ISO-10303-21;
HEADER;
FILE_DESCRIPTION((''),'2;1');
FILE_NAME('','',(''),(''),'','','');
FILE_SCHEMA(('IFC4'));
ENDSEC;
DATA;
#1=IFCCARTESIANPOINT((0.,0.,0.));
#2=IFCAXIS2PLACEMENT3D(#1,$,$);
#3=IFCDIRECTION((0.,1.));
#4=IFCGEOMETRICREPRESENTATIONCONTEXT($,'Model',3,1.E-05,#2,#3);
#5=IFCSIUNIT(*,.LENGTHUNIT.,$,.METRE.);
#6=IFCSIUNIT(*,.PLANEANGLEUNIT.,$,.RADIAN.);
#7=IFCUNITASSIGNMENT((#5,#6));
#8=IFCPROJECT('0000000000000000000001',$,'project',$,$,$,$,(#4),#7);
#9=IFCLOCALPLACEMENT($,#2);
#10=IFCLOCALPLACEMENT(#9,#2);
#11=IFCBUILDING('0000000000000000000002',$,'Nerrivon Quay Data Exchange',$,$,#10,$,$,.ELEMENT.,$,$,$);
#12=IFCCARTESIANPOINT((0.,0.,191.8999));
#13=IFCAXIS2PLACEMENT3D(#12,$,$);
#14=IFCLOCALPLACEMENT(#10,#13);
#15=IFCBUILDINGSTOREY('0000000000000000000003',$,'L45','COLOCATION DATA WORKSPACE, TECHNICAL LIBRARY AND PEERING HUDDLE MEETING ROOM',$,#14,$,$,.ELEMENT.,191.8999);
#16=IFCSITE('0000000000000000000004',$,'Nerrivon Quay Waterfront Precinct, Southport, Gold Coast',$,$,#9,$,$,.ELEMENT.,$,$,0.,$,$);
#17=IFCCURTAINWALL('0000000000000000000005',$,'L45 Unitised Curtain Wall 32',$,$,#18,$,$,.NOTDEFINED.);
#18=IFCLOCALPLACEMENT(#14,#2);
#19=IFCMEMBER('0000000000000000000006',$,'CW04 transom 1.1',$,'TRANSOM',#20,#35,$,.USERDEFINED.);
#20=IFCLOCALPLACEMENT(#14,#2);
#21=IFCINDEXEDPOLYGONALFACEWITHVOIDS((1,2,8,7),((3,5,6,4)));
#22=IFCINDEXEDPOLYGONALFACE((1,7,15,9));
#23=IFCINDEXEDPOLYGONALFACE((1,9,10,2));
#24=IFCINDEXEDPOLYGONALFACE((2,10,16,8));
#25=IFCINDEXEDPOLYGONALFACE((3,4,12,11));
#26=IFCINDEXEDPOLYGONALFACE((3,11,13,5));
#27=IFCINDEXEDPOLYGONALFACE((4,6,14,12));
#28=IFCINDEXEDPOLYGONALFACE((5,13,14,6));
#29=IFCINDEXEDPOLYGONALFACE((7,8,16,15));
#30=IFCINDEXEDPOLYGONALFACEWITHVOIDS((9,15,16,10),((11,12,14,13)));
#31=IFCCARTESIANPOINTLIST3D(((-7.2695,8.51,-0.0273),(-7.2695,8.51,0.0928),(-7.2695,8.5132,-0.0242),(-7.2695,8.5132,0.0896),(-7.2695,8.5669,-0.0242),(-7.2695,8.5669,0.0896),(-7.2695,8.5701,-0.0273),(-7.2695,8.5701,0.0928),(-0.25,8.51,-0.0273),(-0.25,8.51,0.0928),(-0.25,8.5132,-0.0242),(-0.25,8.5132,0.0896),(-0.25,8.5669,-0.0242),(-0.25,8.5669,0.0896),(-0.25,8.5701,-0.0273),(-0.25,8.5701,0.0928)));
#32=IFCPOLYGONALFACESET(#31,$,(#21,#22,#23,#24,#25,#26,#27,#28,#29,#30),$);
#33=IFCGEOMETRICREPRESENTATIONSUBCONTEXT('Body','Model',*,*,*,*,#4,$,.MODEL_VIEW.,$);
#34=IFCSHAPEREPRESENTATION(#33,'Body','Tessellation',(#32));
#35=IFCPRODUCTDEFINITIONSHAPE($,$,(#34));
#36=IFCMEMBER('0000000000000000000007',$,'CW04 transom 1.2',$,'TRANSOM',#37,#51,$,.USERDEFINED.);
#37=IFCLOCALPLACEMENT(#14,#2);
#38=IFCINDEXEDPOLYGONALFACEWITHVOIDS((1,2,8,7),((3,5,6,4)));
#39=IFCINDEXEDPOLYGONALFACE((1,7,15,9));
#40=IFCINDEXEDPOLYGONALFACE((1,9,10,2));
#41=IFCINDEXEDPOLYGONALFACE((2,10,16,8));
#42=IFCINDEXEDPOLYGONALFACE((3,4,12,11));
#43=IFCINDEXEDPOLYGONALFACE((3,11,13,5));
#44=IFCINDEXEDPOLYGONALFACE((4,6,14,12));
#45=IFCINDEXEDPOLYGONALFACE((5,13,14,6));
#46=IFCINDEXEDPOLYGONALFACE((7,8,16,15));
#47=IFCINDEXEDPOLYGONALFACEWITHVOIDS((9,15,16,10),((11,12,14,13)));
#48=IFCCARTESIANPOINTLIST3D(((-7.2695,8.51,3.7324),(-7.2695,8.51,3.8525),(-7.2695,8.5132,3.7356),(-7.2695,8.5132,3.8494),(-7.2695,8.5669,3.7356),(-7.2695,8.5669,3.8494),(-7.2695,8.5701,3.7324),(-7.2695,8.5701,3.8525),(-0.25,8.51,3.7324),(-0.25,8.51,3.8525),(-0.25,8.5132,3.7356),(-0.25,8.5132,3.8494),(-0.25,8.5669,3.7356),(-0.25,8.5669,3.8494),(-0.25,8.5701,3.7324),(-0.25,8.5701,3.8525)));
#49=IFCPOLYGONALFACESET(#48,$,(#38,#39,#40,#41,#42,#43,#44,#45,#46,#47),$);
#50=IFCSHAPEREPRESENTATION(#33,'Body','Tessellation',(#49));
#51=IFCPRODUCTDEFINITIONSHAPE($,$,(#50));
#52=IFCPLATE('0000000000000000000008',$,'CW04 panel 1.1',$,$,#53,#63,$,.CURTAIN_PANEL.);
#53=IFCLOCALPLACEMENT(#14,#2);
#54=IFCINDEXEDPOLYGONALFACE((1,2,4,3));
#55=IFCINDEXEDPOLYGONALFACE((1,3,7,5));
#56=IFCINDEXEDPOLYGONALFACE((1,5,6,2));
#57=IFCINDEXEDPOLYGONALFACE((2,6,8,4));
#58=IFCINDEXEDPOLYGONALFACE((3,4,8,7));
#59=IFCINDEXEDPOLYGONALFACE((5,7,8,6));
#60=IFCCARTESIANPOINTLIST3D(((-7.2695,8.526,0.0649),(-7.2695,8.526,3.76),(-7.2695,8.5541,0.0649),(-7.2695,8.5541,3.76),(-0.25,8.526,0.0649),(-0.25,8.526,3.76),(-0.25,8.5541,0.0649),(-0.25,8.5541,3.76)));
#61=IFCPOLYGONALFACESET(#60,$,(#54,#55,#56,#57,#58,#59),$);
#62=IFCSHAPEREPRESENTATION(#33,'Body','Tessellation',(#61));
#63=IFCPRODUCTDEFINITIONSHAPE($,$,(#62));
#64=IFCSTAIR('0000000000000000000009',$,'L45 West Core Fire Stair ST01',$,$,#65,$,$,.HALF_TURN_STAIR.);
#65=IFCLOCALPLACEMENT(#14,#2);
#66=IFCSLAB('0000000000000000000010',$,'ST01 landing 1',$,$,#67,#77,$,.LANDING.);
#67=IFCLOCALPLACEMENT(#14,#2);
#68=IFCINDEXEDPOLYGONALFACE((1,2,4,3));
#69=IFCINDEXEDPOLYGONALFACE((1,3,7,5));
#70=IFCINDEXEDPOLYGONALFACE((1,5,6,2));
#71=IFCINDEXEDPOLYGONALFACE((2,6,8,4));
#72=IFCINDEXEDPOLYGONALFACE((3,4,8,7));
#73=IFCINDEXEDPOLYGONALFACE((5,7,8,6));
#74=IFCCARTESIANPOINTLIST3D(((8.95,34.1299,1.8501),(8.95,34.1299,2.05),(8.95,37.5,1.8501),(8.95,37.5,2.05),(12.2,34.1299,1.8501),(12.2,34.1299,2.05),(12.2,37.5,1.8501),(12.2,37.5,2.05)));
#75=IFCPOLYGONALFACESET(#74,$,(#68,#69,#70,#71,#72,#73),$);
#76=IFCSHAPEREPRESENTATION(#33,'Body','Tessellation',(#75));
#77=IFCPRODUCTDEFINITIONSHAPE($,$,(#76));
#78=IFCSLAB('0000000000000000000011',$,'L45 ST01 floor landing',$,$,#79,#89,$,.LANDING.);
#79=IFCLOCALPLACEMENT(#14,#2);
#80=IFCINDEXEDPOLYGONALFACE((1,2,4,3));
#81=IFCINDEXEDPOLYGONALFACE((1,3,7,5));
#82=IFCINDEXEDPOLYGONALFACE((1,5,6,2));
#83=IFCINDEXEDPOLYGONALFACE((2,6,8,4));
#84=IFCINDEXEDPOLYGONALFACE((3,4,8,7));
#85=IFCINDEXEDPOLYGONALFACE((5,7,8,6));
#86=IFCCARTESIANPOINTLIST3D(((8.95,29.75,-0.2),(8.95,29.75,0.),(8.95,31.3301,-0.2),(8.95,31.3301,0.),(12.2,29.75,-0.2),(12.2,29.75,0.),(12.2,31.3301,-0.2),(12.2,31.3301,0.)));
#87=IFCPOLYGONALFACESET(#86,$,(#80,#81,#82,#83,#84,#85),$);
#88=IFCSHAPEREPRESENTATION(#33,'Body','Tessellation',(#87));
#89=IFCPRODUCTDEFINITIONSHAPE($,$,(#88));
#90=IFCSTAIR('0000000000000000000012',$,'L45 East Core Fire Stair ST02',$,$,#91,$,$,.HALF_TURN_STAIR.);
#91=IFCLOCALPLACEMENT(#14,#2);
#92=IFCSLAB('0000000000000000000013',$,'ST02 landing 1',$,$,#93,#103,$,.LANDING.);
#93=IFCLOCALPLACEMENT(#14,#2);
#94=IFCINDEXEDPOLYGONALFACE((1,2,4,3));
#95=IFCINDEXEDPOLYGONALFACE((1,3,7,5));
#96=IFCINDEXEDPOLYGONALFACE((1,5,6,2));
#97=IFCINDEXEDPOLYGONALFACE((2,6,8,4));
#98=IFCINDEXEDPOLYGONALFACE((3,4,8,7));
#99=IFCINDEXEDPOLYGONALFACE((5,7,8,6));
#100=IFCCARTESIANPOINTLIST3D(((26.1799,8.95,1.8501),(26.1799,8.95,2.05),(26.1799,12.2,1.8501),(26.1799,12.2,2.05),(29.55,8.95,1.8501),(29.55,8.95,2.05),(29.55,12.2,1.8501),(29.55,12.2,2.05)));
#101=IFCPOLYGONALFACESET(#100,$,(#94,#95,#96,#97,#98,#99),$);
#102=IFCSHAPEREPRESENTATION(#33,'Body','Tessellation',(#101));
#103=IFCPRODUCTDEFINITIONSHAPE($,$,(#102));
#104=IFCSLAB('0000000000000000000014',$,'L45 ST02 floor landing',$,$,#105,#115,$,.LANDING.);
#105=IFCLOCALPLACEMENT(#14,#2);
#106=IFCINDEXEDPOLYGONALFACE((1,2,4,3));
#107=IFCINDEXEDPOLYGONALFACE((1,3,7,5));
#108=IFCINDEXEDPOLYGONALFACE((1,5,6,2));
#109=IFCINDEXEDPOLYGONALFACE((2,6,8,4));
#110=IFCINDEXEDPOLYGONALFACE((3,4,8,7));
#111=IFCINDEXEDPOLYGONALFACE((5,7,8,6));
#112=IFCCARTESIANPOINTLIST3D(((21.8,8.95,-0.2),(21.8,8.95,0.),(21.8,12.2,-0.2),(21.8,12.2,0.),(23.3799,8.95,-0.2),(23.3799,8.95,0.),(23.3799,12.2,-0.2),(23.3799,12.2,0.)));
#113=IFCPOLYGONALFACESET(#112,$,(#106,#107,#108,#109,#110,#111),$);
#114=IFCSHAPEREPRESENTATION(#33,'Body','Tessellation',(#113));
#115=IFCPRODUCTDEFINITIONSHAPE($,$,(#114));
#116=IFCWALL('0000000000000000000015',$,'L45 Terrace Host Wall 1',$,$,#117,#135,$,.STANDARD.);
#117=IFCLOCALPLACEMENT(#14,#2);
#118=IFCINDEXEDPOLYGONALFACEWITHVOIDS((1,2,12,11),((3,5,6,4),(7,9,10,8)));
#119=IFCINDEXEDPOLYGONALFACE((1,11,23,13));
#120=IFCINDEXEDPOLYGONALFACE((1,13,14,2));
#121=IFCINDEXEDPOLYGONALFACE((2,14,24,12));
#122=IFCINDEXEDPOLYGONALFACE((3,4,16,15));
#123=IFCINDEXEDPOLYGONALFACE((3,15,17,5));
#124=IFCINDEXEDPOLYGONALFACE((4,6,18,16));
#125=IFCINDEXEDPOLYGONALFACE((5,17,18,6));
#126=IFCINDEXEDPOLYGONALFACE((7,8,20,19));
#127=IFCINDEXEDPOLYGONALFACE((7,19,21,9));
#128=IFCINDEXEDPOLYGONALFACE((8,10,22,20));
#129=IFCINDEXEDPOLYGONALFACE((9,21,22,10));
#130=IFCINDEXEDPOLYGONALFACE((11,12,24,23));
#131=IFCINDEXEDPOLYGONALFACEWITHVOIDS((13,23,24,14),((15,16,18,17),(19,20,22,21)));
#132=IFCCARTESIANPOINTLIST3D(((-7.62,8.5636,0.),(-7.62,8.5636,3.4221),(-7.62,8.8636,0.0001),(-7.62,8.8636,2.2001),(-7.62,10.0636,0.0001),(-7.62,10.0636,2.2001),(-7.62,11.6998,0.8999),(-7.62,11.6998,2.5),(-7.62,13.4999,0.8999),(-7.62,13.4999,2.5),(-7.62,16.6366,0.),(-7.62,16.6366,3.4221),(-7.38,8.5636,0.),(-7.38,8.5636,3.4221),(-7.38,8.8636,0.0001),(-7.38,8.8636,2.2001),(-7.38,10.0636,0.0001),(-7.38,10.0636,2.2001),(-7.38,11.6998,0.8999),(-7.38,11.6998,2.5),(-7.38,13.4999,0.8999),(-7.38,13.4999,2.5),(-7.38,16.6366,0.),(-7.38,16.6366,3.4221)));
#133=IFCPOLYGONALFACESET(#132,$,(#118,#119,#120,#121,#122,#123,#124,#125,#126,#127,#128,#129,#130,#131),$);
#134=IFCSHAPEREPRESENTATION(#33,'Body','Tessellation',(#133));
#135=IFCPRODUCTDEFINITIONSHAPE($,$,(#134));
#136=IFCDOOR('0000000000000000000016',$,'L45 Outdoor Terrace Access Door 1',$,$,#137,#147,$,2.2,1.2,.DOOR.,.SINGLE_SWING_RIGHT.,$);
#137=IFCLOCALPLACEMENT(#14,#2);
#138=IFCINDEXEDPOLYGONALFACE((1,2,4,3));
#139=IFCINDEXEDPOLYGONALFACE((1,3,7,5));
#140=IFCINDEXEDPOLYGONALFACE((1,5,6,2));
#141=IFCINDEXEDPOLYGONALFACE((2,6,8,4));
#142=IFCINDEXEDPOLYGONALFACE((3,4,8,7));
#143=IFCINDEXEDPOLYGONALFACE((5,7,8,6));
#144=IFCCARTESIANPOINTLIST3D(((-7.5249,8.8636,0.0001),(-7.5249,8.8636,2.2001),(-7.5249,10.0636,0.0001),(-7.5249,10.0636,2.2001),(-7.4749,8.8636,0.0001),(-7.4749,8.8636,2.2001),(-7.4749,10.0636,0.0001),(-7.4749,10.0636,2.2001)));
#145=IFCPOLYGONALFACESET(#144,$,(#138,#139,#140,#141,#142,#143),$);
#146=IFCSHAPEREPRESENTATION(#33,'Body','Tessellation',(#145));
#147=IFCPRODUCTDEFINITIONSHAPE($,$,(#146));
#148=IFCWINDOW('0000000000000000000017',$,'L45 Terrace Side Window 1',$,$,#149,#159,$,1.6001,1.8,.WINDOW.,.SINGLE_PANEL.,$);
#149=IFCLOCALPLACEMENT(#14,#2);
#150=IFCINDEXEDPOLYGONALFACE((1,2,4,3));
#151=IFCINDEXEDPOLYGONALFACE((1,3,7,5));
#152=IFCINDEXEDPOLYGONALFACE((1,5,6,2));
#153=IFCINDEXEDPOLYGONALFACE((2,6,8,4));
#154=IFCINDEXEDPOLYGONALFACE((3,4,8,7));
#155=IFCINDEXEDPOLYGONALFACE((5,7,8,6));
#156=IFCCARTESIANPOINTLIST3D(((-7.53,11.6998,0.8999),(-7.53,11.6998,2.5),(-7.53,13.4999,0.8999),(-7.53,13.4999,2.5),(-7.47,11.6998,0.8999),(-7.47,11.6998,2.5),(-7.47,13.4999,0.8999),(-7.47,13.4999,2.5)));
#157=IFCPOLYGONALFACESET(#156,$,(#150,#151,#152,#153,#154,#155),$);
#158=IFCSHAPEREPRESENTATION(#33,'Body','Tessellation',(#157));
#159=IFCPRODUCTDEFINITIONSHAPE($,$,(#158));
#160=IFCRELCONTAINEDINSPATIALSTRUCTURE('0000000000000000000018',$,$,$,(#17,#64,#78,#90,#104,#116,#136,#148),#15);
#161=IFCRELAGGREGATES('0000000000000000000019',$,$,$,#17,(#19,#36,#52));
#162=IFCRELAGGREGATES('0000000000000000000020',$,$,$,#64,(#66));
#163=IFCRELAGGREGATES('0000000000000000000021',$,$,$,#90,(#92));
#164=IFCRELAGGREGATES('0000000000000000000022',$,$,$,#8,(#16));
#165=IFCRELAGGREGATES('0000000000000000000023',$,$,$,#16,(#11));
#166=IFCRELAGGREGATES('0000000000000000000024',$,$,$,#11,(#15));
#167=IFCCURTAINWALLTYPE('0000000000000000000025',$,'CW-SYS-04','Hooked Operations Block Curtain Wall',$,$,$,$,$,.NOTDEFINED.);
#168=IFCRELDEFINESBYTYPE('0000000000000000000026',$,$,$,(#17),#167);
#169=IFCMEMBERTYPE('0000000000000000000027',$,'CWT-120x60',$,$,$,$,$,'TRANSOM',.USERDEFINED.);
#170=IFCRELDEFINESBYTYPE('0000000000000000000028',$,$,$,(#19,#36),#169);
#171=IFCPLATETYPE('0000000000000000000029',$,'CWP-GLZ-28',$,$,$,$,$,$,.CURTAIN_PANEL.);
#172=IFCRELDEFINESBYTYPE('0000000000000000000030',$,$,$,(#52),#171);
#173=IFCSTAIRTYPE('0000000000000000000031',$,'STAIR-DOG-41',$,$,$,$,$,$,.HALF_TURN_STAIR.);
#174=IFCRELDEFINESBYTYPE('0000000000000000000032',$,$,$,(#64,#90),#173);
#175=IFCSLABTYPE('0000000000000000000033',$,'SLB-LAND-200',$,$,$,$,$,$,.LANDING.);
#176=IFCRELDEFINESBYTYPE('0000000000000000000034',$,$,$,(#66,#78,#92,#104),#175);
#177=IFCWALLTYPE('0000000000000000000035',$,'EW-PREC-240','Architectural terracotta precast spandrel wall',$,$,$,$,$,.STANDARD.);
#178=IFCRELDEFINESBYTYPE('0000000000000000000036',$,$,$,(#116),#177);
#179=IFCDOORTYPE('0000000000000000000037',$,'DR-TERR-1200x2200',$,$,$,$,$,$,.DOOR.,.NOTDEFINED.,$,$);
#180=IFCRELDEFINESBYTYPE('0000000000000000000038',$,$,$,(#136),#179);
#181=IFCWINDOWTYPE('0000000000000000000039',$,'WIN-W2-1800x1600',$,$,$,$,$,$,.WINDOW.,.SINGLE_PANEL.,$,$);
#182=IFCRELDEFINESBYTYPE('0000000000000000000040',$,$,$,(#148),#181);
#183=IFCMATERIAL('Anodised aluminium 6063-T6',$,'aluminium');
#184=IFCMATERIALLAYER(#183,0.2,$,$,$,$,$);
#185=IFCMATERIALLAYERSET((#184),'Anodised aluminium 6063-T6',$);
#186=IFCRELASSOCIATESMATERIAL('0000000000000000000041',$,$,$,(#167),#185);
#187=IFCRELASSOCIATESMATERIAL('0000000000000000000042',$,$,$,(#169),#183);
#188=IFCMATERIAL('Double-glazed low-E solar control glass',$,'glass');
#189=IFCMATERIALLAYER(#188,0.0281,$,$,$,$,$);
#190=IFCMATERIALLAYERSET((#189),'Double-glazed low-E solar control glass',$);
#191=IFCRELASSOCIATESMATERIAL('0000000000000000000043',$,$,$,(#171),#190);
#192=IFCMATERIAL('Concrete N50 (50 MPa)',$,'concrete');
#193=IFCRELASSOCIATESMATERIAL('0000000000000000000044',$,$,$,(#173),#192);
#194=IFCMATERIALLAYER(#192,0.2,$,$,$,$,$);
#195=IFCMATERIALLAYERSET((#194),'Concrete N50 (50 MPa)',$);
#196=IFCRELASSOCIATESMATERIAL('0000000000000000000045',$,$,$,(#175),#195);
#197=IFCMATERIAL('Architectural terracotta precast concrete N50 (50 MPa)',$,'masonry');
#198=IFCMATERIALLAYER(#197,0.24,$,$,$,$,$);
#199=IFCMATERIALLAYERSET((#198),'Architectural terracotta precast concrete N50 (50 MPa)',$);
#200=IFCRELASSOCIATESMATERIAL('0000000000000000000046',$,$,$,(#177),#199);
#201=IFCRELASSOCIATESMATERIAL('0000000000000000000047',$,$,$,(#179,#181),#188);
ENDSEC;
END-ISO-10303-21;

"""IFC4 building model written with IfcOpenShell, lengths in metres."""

from ifc_helpers import new_model, si_unit, direction, frame, frame_2d, origin, origin_2d, place, context, subcontext, project, spatial, polyline, rectangle, hollow_rectangle, outline, extrude, material, layer, layer_set, material_profile, profile_set, type_object, element, fill, aggregate, save


model = new_model("IFC4")

# Units and contexts
model_context = context("Model", 3, precision=1e-05, world=origin(), true_north=direction((0.0, 1.0)))
body_context = subcontext(model_context, "Body", "Model", "MODEL_VIEW")
ifc_project = project(units=[si_unit("LENGTHUNIT", "METRE"), si_unit("PLANEANGLEUNIT", "RADIAN")], contexts=[model_context])

# Site, building, storey
site_placement = place(None, origin())
site = spatial("IfcSite", under=ifc_project, at=site_placement, Name="Nerrivon Quay Waterfront Precinct, Southport, Gold Coast", CompositionType="ELEMENT", RefElevation=0.0)
building_placement = place(site_placement, origin())
building = spatial("IfcBuilding", under=site, at=building_placement, Name="Nerrivon Quay Data Exchange", CompositionType="ELEMENT")
storey_placement = place(building_placement, frame((0.0, 0.0, 191.8999)))
storey = spatial("IfcBuildingStorey", under=building, at=storey_placement, Name="L45", Description="COLOCATION DATA WORKSPACE, TECHNICAL LIBRARY AND PEERING HUDDLE MEETING ROOM", CompositionType="ELEMENT", Elevation=191.8999)

# Curtain wall, members, plate
ifc_material_1 = material(Name="Anodised aluminium 6063-T6", Category="aluminium")
ifc_layer_1 = layer(ifc_material_1, 0.2)
ifc_layer_set_1 = layer_set([ifc_layer_1], Name="Anodised aluminium 6063-T6")
curtain_wall_type = type_object("IfcCurtainWallType", Name="CW-SYS-04", Description="Hooked Operations Block Curtain Wall", PredefinedType="NOTDEFINED", material=ifc_layer_set_1)
curtain_wall_placement = place(storey_placement, origin())
curtain_wall = element("IfcCurtainWall", 1, at=curtain_wall_placement, inside=storey, type_object=curtain_wall_type, Name="L45 Unitised Curtain Wall 32", PredefinedType="NOTDEFINED")
ifc_material_profile_1 = material_profile(ifc_material_1, hollow_rectangle(XDim=0.0601, YDim=0.1201, WallThickness=0.0032, at=origin_2d()), Name="ALU-TRAN-120x60")
ifc_profile_set_1 = profile_set([ifc_material_profile_1], Name="Anodised aluminium 6063-T6")
member_type_1 = type_object("IfcMemberType", Name="CWT-120x60", ElementType="TRANSOM", PredefinedType="USERDEFINED", material=ifc_profile_set_1)
member_1_placement = place(storey_placement, frame((-0.25, 8.54, 0.0327), z_axis=(-1.0, 0.0, 0.0), x_axis=(0.0, -1.0, 0.0)))
member_1 = element("IfcMember", 2, at=member_1_placement, type_object=member_type_1, Name="CW04 transom 1.1", ObjectType="TRANSOM", PredefinedType="USERDEFINED", context=body_context, shape_type="SweptSolid", body=[
    extrude(hollow_rectangle(XDim=0.0601, YDim=0.1201, WallThickness=0.0032, at=origin_2d()), origin(), (0.0, 0.0, 1.0), 7.0195),
])
member_2_placement = place(storey_placement, frame((-0.25, 8.54, 3.7925), z_axis=(-1.0, 0.0, 0.0), x_axis=(0.0, -1.0, 0.0)))
member_2 = element("IfcMember", 3, at=member_2_placement, type_object=member_type_1, Name="CW04 transom 1.2", ObjectType="TRANSOM", PredefinedType="USERDEFINED", context=body_context, shape_type="SweptSolid", body=[
    extrude(hollow_rectangle(XDim=0.0601, YDim=0.1201, WallThickness=0.0032, at=origin_2d()), origin(), (0.0, 0.0, 1.0), 7.0195),
])
ifc_material_2 = material(Name="Double-glazed low-E solar control glass", Category="glass")
ifc_layer_2 = layer(ifc_material_2, 0.0281)
ifc_layer_set_2 = layer_set([ifc_layer_2], Name="Double-glazed low-E solar control glass")
plate_type = type_object("IfcPlateType", Name="CWP-GLZ-28", PredefinedType="CURTAIN_PANEL", material=ifc_layer_set_2)
plate_placement = place(storey_placement, frame((-3.7598, 8.54, 0.0649), z_axis=(0.0, 0.0, 1.0), x_axis=(-1.0, 0.0, 0.0)))
plate = element("IfcPlate", 4, at=plate_placement, type_object=plate_type, Name="CW04 panel 1.1", PredefinedType="CURTAIN_PANEL", context=body_context, shape_type="SweptSolid", body=[
    extrude(rectangle(XDim=7.0195, YDim=0.0281, at=origin_2d()), origin(), (0.0, 0.0, 1.0), 3.6951),
])
aggregate(curtain_wall, [member_1, member_2, plate])

# Stair, slab
ifc_material_3 = material(Name="Concrete N50 (50 MPa)", Category="concrete")
stair_type = type_object("IfcStairType", Name="STAIR-DOG-41", PredefinedType="HALF_TURN_STAIR", material=ifc_material_3)
stair_1_placement = place(storey_placement, origin())
stair_1 = element("IfcStair", 5, at=stair_1_placement, inside=storey, type_object=stair_type, Name="L45 West Core Fire Stair ST01", PredefinedType="HALF_TURN_STAIR")
ifc_layer_3 = layer(ifc_material_3, 0.2)
ifc_layer_set_3 = layer_set([ifc_layer_3], Name="Concrete N50 (50 MPa)")
slab_type = type_object("IfcSlabType", Name="SLB-LAND-200", PredefinedType="LANDING", material=ifc_layer_set_3)
slab_1_placement = place(storey_placement, frame((0.0, 0.0, 1.8501)))
slab_1 = element("IfcSlab", 6, at=slab_1_placement, type_object=slab_type, Name="ST01 landing 1", PredefinedType="LANDING", context=body_context, shape_type="SweptSolid", body=[
    extrude(outline(polyline([(12.2, 34.1299), (12.2, 37.5), (8.95, 37.5), (8.95, 34.1299), (12.2, 34.1299)])), origin(), (0.0, 0.0, 1.0), 0.2),
])
aggregate(stair_1, [slab_1])

# Slab
slab_2_placement = place(storey_placement, frame((0.0, 0.0, -0.2)))
element("IfcSlab", 7, at=slab_2_placement, inside=storey, type_object=slab_type, Name="L45 ST01 floor landing", PredefinedType="LANDING", context=body_context, shape_type="SweptSolid", body=[
    extrude(outline(polyline([(12.2, 29.75), (12.2, 31.3301), (8.95, 31.3301), (8.95, 29.75), (12.2, 29.75)])), origin(), (0.0, 0.0, 1.0), 0.2),
])

# Stair, slab
stair_2_placement = place(storey_placement, origin())
stair_2 = element("IfcStair", 8, at=stair_2_placement, inside=storey, type_object=stair_type, Name="L45 East Core Fire Stair ST02", PredefinedType="HALF_TURN_STAIR")
slab_3_placement = place(storey_placement, frame((0.0, 0.0, 1.8501)))
slab_3 = element("IfcSlab", 9, at=slab_3_placement, type_object=slab_type, Name="ST02 landing 1", PredefinedType="LANDING", context=body_context, shape_type="SweptSolid", body=[
    extrude(outline(polyline([(26.1799, 8.95), (29.55, 8.95), (29.55, 12.2), (26.1799, 12.2), (26.1799, 8.95)])), origin(), (0.0, 0.0, 1.0), 0.2),
])
aggregate(stair_2, [slab_3])

# Slab
slab_4_placement = place(storey_placement, frame((0.0, 0.0, -0.2)))
element("IfcSlab", 10, at=slab_4_placement, inside=storey, type_object=slab_type, Name="L45 ST02 floor landing", PredefinedType="LANDING", context=body_context, shape_type="SweptSolid", body=[
    extrude(outline(polyline([(21.8, 8.95), (23.3799, 8.95), (23.3799, 12.2), (21.8, 12.2), (21.8, 8.95)])), origin(), (0.0, 0.0, 1.0), 0.2),
])

# Wall, openings, door, window
ifc_material_4 = material(Name="Architectural terracotta precast concrete N50 (50 MPa)", Category="masonry")
ifc_layer_4 = layer(ifc_material_4, 0.24)
ifc_layer_set_4 = layer_set([ifc_layer_4], Name="Architectural terracotta precast concrete N50 (50 MPa)")
wall_type_1 = type_object("IfcWallType", Name="EW-PREC-240", Description="Architectural terracotta precast spandrel wall", PredefinedType="STANDARD", material=ifc_layer_set_4)
wall_1_placement = place(storey_placement, frame((-7.5, 8.5635, 0.0), z_axis=(0.0, 0.0, 1.0), x_axis=(0.0, 1.0, 0.0)))
wall_1 = element("IfcWall", 11, at=wall_1_placement, inside=storey, type_object=wall_type_1, Name="L45 Terrace Host Wall 1", PredefinedType="STANDARD", context=body_context, shape_type="SweptSolid", body=[
    extrude(rectangle(XDim=8.073, YDim=0.24, at=frame_2d((4.0366, 0.0))), origin(), (0.0, 0.0, 1.0), 3.4221),
])
opening_1_placement = place(wall_1_placement, frame((0.3, 0.0, 0.0)))
opening_1 = element("IfcOpeningElement", 12, at=opening_1_placement, cuts=wall_1, PredefinedType="OPENING", context=body_context, shape_type="SweptSolid", body=[
    extrude(rectangle(XDim=1.2, YDim=2.2, at=frame_2d((0.6001, 1.1001))), frame((0.0, 0.1299, 0.0), z_axis=(0.0, -1.0, 0.0), x_axis=(1.0, 0.0, 0.0)), (0.0, 0.0, 1.0), 0.26),
])
opening_2_placement = place(wall_1_placement, frame((3.1365, 0.0, 0.8999)))
opening_2 = element("IfcOpeningElement", 13, at=opening_2_placement, cuts=wall_1, PredefinedType="OPENING", context=body_context, shape_type="SweptSolid", body=[
    extrude(rectangle(XDim=1.8, YDim=1.6001, at=frame_2d((0.8999, 0.8))), frame((0.0, 0.1299, 0.0), z_axis=(0.0, -1.0, 0.0), x_axis=(1.0, 0.0, 0.0)), (0.0, 0.0, 1.0), 0.26),
])
door_type = type_object("IfcDoorType", Name="DR-TERR-1200x2200", OperationType="NOTDEFINED", PredefinedType="DOOR", material=ifc_material_2)
door_1_placement = place(opening_1_placement, origin())
door_1 = element("IfcDoor", 14, at=door_1_placement, inside=storey, type_object=door_type, Name="L45 Outdoor Terrace Access Door 1", OperationType="SINGLE_SWING_RIGHT", OverallHeight=2.2, OverallWidth=1.2, PredefinedType="DOOR", context=body_context, shape_type="SweptSolid", body=[
    extrude(rectangle(XDim=1.2, YDim=2.2, at=frame_2d((0.6001, 1.1001))), frame((0.0, 0.0249, 0.0), z_axis=(0.0, -1.0, 0.0), x_axis=(1.0, 0.0, 0.0)), (0.0, 0.0, 1.0), 0.05),
])
fill(opening_1, door_1)
window_type_1 = type_object("IfcWindowType", Name="WIN-W2-1800x1600", PartitioningType="SINGLE_PANEL", PredefinedType="WINDOW", material=ifc_material_2)
window_1_placement = place(opening_2_placement, origin())
window_1 = element("IfcWindow", 15, at=window_1_placement, inside=storey, type_object=window_type_1, Name="L45 Terrace Side Window 1", OverallHeight=1.6001, OverallWidth=1.8, PartitioningType="SINGLE_PANEL", PredefinedType="WINDOW", context=body_context, shape_type="SweptSolid", body=[
    extrude(rectangle(XDim=1.8, YDim=1.6001, at=frame_2d((0.8999, 0.8))), frame((0.0, 0.03, 0.0), z_axis=(0.0, -1.0, 0.0), x_axis=(1.0, 0.0, 0.0)), (0.0, 0.0, 1.0), 0.0601),
])
fill(opening_2, window_1)

save(model, "model.ifc")
